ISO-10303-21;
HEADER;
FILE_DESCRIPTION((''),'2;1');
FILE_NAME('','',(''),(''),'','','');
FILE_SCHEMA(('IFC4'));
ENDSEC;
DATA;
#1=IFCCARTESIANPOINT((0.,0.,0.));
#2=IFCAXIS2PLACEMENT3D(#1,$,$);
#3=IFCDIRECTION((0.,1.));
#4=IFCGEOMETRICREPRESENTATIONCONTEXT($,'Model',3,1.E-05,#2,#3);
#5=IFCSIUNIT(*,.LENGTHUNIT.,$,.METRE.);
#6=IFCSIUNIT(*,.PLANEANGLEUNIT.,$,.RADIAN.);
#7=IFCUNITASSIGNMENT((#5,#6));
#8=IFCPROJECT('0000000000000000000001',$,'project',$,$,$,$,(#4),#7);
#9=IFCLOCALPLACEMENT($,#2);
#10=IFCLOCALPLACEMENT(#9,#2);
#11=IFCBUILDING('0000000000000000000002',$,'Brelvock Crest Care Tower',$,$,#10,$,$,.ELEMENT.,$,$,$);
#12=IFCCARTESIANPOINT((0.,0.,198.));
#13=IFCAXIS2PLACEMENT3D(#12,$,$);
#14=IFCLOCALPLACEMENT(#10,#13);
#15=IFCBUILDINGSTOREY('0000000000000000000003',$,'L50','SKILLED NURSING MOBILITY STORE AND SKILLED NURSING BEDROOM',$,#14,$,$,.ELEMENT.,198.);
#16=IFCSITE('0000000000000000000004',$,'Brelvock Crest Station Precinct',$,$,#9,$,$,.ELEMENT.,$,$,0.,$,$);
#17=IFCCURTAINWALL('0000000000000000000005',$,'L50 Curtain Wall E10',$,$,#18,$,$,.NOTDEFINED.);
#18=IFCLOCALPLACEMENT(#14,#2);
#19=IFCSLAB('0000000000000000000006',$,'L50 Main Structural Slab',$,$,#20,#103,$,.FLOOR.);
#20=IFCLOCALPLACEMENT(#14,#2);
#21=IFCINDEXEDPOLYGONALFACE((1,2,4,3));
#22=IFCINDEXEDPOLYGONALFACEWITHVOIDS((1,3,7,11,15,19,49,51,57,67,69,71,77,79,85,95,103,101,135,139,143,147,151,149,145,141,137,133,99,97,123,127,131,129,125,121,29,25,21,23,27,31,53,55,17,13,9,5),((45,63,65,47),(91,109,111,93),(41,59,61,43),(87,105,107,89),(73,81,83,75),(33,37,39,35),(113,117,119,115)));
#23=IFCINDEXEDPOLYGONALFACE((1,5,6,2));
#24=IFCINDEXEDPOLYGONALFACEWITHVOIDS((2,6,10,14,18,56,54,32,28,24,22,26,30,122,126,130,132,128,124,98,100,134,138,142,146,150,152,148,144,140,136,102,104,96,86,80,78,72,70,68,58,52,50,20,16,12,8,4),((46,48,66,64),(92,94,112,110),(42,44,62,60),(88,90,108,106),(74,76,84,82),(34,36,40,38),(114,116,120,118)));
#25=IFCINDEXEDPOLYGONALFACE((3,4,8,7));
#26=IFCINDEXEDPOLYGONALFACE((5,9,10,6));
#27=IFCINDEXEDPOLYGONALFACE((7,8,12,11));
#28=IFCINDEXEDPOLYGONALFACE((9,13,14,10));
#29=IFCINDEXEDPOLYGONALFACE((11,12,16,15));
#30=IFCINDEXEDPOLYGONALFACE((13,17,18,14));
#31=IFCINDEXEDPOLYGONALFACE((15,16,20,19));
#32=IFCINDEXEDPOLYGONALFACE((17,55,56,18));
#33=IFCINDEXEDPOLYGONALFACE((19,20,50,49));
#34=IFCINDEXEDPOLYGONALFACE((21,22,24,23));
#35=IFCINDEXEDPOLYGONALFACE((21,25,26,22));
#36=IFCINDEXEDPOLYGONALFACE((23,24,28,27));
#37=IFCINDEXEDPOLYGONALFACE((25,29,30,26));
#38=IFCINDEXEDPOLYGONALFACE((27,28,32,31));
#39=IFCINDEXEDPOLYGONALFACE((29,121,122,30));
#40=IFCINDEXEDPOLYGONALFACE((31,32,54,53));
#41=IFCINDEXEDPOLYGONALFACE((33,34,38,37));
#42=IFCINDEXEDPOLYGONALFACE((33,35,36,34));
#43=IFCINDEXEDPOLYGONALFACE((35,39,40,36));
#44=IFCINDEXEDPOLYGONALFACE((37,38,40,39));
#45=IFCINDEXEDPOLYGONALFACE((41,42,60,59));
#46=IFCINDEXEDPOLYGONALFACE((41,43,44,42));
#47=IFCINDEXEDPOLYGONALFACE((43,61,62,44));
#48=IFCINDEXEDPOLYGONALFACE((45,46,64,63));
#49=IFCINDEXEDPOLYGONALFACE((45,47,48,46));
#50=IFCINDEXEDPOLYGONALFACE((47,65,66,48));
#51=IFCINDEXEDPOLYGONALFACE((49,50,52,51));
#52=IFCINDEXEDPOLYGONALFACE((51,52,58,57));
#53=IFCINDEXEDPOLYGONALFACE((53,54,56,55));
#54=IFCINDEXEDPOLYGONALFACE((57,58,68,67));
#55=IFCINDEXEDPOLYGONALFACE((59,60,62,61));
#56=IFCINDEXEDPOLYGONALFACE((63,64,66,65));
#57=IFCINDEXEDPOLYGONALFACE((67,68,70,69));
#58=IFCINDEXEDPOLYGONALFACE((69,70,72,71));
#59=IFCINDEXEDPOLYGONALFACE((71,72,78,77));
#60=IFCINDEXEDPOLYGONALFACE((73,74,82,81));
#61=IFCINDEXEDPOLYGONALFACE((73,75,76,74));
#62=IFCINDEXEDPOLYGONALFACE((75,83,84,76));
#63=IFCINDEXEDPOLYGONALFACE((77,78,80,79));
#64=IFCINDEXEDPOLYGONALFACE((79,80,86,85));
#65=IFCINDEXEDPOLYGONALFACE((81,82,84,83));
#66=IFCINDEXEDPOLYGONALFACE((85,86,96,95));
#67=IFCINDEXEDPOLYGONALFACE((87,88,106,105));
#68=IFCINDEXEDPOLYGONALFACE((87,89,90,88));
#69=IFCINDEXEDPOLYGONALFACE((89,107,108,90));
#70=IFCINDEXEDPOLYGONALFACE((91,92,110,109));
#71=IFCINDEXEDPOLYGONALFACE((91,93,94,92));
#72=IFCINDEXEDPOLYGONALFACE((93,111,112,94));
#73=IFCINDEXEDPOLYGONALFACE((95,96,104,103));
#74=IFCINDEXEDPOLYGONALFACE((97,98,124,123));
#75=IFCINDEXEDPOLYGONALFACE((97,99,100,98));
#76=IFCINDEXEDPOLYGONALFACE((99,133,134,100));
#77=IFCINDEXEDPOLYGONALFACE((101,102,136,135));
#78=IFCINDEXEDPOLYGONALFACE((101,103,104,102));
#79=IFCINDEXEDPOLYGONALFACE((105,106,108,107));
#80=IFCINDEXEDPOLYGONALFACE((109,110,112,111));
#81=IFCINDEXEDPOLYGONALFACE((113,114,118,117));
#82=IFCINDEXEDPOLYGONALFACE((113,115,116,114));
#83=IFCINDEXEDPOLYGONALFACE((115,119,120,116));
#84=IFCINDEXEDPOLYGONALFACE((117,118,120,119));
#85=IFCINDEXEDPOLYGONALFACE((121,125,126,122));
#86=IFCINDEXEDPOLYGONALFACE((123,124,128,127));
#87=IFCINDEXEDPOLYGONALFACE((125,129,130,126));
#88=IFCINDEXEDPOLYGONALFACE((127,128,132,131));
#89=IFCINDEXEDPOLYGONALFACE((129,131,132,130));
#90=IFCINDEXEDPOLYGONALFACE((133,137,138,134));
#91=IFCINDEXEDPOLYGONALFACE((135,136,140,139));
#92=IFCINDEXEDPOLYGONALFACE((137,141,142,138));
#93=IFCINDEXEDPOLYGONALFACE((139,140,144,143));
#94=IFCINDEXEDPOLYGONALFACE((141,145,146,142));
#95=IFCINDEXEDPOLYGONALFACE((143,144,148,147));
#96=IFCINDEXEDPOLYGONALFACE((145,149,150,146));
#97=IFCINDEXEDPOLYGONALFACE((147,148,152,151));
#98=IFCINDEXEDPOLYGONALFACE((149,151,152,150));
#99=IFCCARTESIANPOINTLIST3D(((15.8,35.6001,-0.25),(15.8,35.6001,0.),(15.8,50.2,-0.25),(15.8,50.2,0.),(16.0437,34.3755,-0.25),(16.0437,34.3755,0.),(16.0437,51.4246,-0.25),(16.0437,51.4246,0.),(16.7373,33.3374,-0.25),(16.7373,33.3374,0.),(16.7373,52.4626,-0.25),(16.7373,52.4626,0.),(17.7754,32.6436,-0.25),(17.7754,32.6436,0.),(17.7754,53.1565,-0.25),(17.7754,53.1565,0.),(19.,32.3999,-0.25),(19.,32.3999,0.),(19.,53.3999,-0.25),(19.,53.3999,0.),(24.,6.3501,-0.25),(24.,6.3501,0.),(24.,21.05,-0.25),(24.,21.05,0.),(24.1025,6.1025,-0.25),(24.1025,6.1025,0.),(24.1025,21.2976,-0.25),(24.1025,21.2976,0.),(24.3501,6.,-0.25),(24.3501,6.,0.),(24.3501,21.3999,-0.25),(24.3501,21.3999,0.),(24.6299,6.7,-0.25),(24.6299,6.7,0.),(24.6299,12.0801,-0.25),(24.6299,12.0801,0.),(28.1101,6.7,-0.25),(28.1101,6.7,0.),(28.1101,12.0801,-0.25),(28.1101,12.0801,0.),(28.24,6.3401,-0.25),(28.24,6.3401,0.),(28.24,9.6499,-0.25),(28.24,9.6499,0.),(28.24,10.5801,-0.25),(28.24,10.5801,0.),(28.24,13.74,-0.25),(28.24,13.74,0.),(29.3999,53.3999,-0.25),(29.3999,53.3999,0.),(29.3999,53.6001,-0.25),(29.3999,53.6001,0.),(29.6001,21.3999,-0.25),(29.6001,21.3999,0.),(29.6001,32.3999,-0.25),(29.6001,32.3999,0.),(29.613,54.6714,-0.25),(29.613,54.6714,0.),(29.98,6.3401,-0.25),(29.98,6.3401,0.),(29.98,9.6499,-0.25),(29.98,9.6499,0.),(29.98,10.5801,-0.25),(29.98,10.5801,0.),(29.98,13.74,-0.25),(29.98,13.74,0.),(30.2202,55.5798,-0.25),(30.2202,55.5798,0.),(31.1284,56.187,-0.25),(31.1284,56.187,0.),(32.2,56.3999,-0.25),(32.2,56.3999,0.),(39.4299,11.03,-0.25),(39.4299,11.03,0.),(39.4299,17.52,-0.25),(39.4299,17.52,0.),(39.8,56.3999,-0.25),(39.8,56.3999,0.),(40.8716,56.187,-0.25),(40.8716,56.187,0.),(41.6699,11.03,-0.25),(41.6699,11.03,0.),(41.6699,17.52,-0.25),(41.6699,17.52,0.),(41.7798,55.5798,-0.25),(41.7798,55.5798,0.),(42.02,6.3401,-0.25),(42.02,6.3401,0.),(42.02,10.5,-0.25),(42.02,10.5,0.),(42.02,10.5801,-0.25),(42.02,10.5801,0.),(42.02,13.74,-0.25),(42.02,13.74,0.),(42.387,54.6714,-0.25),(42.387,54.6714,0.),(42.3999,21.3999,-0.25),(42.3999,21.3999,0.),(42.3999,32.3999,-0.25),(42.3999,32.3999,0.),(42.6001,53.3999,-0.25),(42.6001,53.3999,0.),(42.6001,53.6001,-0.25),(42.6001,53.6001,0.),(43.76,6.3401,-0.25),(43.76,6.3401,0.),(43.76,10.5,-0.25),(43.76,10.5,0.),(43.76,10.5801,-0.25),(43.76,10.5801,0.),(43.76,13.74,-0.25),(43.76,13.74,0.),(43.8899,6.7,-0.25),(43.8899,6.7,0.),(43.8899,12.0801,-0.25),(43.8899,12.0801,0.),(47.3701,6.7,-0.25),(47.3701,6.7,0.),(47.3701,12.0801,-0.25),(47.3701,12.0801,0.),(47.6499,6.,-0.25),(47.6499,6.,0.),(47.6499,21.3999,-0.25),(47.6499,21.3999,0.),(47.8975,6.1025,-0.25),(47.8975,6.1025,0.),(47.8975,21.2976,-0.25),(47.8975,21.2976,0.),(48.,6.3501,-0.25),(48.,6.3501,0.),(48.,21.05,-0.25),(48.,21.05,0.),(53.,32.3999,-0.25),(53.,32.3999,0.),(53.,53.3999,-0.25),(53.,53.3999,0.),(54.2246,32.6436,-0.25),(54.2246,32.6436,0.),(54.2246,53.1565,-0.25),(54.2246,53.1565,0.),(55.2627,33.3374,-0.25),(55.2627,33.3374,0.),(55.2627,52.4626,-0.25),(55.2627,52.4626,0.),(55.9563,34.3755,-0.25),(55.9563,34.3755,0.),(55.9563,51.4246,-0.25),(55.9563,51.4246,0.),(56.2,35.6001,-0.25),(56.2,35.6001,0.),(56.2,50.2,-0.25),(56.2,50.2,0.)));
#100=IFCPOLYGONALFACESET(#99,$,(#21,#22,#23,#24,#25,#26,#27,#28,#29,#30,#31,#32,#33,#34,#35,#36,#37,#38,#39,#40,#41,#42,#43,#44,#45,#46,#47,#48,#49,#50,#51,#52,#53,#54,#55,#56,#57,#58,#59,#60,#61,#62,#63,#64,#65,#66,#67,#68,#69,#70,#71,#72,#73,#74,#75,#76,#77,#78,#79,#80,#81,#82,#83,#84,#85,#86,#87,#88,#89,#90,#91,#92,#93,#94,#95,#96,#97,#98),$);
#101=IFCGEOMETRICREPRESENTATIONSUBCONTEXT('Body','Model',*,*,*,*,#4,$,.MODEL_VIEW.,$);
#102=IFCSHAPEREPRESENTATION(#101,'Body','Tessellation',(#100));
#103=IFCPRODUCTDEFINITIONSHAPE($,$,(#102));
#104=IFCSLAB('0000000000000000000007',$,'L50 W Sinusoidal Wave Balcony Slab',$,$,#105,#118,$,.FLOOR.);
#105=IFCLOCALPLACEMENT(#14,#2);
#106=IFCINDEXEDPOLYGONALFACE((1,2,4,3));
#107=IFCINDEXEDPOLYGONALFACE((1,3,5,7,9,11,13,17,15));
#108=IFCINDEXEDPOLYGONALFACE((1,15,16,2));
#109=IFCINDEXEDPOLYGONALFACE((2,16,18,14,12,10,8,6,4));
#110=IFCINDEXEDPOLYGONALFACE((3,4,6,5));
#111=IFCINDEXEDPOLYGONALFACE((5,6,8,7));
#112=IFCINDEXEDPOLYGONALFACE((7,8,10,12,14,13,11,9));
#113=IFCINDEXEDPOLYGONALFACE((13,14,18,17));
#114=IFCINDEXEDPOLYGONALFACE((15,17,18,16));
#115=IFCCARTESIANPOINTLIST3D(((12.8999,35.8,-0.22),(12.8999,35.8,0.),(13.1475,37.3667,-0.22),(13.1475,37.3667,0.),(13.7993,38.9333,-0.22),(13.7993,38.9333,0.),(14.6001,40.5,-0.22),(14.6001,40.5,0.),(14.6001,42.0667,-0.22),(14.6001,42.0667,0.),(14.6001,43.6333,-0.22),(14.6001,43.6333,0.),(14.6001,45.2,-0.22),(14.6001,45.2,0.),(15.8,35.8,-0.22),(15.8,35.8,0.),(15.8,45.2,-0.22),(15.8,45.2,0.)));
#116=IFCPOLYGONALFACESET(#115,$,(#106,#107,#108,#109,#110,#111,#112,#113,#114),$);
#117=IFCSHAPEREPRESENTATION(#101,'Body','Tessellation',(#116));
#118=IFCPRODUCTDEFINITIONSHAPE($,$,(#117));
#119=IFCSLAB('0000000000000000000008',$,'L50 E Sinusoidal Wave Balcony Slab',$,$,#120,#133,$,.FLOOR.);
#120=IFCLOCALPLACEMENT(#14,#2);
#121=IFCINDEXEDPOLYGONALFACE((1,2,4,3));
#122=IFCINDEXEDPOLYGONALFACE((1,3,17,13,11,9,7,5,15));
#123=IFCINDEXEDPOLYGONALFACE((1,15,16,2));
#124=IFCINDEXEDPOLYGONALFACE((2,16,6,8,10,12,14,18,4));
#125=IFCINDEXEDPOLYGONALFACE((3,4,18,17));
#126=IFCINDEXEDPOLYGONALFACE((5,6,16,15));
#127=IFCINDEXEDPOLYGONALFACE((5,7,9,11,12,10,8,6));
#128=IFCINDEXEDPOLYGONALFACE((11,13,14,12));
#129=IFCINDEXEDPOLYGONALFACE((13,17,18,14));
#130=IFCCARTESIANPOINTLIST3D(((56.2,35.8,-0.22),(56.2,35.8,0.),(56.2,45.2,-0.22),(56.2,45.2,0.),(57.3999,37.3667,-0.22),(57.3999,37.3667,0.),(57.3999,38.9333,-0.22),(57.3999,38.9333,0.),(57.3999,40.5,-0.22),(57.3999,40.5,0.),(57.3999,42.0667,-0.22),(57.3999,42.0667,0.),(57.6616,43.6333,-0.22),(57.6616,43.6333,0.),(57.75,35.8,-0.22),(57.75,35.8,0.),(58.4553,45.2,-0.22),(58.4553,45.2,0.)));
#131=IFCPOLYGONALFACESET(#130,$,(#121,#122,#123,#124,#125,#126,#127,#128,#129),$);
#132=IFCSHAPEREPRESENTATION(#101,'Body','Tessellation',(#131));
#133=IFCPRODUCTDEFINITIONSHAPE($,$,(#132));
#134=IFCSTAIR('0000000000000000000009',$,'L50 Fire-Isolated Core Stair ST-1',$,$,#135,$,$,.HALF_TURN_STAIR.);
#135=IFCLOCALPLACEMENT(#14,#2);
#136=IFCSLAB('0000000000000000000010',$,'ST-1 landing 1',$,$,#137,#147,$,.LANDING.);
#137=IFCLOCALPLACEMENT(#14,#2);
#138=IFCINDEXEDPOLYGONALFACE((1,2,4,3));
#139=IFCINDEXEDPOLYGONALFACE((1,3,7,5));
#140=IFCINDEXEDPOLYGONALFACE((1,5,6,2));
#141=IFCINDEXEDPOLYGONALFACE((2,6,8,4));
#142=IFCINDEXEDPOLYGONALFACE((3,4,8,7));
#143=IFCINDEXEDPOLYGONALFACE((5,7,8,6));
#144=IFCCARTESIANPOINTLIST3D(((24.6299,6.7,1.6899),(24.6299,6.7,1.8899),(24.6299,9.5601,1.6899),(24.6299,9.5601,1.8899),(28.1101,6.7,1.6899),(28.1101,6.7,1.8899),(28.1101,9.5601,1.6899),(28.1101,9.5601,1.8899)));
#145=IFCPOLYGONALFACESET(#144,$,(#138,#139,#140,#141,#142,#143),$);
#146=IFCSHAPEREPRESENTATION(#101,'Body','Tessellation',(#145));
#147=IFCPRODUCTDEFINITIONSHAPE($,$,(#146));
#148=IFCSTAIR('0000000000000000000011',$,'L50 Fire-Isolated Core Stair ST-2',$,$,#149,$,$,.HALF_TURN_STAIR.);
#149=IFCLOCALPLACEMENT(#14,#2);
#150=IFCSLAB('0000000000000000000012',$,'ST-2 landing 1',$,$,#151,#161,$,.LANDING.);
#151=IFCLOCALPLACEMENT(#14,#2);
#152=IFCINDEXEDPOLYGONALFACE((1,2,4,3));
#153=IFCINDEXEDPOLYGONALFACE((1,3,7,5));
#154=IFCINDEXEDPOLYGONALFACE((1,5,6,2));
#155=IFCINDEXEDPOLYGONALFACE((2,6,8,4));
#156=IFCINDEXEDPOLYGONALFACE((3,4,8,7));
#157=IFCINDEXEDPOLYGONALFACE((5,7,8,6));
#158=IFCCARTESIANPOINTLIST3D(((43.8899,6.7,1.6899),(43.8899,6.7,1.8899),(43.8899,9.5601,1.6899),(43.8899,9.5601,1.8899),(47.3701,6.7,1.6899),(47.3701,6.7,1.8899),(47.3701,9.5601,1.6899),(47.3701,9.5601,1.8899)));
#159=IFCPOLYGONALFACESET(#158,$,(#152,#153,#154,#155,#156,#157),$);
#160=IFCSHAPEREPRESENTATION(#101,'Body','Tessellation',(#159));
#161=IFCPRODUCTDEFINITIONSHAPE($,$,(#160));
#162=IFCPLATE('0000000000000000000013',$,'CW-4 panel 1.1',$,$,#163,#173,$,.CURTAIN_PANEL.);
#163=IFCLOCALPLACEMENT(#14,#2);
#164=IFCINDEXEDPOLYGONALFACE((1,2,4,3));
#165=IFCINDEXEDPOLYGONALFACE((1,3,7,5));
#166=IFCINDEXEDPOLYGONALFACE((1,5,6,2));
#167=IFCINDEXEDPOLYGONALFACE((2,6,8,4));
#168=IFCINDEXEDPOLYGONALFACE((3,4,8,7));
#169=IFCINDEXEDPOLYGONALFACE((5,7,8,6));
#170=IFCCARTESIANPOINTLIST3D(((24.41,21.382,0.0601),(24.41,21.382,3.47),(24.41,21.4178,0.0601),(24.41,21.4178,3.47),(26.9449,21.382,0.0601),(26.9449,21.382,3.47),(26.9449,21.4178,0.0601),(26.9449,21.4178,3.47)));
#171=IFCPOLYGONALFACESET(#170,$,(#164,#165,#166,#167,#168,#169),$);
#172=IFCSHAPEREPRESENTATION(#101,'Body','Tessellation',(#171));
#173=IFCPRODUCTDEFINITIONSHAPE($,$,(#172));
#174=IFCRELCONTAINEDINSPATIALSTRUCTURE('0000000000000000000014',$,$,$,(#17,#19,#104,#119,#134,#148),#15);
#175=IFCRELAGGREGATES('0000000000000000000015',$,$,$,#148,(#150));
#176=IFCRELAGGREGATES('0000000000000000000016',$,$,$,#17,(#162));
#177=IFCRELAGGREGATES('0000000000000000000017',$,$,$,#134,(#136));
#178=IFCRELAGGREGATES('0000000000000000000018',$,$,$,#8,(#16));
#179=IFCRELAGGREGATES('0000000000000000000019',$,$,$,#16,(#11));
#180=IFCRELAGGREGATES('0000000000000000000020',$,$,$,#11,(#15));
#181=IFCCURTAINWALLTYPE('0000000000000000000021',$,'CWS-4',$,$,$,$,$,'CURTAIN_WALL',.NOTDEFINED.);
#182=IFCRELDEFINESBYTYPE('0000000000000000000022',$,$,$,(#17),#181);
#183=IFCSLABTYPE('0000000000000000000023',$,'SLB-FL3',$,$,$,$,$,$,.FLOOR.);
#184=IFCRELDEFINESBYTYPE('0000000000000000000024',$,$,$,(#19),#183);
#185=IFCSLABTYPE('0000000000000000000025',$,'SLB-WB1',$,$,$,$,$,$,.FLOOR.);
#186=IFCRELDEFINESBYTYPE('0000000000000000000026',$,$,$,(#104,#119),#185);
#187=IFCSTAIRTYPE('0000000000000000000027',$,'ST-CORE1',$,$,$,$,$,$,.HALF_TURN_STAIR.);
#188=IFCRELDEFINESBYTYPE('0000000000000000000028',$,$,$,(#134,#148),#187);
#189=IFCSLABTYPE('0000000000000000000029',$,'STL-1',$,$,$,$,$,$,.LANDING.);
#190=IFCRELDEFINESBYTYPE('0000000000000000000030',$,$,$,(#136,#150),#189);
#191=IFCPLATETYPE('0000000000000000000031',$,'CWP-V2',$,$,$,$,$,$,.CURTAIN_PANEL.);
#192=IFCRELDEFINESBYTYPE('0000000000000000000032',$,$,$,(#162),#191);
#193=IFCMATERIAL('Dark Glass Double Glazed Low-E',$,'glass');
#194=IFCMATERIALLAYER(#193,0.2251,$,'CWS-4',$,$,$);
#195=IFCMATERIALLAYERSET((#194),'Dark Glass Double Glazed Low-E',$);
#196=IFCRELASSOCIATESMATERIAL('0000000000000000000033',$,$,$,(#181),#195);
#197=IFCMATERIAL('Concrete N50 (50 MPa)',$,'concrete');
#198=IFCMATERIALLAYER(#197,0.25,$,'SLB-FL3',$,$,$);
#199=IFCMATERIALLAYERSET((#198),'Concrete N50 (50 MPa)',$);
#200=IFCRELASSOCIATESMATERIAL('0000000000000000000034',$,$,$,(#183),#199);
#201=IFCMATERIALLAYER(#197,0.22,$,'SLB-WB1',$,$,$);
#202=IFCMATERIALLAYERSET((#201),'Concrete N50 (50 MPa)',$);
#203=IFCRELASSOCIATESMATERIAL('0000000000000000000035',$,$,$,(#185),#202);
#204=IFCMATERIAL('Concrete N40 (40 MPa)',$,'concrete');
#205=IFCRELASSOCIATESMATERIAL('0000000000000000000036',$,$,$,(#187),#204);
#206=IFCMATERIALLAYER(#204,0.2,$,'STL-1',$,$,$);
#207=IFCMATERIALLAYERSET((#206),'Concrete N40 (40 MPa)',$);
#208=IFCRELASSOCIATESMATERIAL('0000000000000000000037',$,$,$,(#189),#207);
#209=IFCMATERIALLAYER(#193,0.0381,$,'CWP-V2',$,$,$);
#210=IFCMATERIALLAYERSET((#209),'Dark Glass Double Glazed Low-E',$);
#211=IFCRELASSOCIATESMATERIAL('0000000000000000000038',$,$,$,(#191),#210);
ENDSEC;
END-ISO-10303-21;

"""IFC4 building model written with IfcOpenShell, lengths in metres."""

from ifc_helpers import new_model, si_unit, direction, frame, origin, origin_2d, place, context, subcontext, project, spatial, polyline, rectangle, outline, extrude, source, transform, mapped, material, layer, layer_set, type_object, element, aggregate, save


model = new_model("IFC4")

# Units and contexts
model_context = context("Model", 3, precision=1e-05, world=origin(), true_north=direction((0.0, 1.0)))
body_context = subcontext(model_context, "Body", "Model", "MODEL_VIEW")
ifc_project = project(units=[si_unit("LENGTHUNIT", "METRE"), si_unit("PLANEANGLEUNIT", "RADIAN")], contexts=[model_context])

# Site, building, storey
site_placement = place(None, origin())
site = spatial("IfcSite", under=ifc_project, at=site_placement, Name="Brelvock Crest Station Precinct", CompositionType="ELEMENT", RefElevation=0.0)
building_placement = place(site_placement, origin())
building = spatial("IfcBuilding", under=site, at=building_placement, Name="Brelvock Crest Care Tower", CompositionType="ELEMENT")
storey_placement = place(building_placement, frame((0.0, 0.0, 198.0)))
storey = spatial("IfcBuildingStorey", under=building, at=storey_placement, Name="L50", Description="SKILLED NURSING MOBILITY STORE AND SKILLED NURSING BEDROOM", CompositionType="ELEMENT", Elevation=198.0)

# Curtain wall
ifc_material_1 = material(Name="Dark Glass Double Glazed Low-E", Category="glass")
ifc_layer_1 = layer(ifc_material_1, 0.2251, Name="CWS-4")
ifc_layer_set_1 = layer_set([ifc_layer_1], Name="Dark Glass Double Glazed Low-E")
curtain_wall_type = type_object("IfcCurtainWallType", Name="CWS-4", ElementType="CURTAIN_WALL", PredefinedType="NOTDEFINED", material=ifc_layer_set_1)
curtain_wall_placement = place(storey_placement, origin())
curtain_wall = element("IfcCurtainWall", 1, at=curtain_wall_placement, inside=storey, type_object=curtain_wall_type, Name="L50 Curtain Wall E10", PredefinedType="NOTDEFINED")

# Slabs
ifc_material_2 = material(Name="Concrete N50 (50 MPa)", Category="concrete")
ifc_layer_2 = layer(ifc_material_2, 0.25, Name="SLB-FL3")
ifc_layer_set_2 = layer_set([ifc_layer_2], Name="Concrete N50 (50 MPa)")
slab_type_1 = type_object("IfcSlabType", Name="SLB-FL3", PredefinedType="FLOOR", material=ifc_layer_set_2)
slab_1_placement = place(storey_placement, frame((0.0, 0.0, -0.25)))
element("IfcSlab", 2, at=slab_1_placement, inside=storey, type_object=slab_type_1, Name="L50 Main Structural Slab", PredefinedType="FLOOR", context=body_context, shape_type="SweptSolid", body=[
    extrude(outline(polyline([(47.6499, 21.3999), (42.3999, 21.3999), (42.3999, 32.3999), (53.0, 32.3999), (54.2246, 32.6436), (55.2627, 33.3374), (55.9563, 34.3755), (56.2, 35.6001), (56.2, 50.2), (55.9563, 51.4246), (55.2627, 52.4626), (54.2246, 53.1565), (53.0, 53.3999), (42.6001, 53.3999), (42.6001, 53.6001), (42.387, 54.6714), (41.7798, 55.5798), (40.8716, 56.187), (39.8, 56.3999), (32.2, 56.3999), (31.1284, 56.187), (30.2202, 55.5798), (29.613, 54.6714), (29.3999, 53.6001), (29.3999, 53.3999), (19.0, 53.3999), (17.7754, 53.1565), (16.7373, 52.4626), (16.0437, 51.4246), (15.8, 50.2), (15.8, 35.6001), (16.0437, 34.3755), (16.7373, 33.3374), (17.7754, 32.6436), (19.0, 32.3999), (29.6001, 32.3999), (29.6001, 21.3999), (24.3501, 21.3999), (24.1025, 21.2976), (24.0, 21.05), (24.0, 6.3501), (24.1025, 6.1025), (24.3501, 6.0), (47.6499, 6.0), (47.8975, 6.1025), (48.0, 6.3501), (48.0, 21.05), (47.8975, 21.2976), (47.6499, 21.3999)]), holes=[polyline([(28.24, 10.5801), (29.98, 10.5801), (29.98, 13.74), (28.24, 13.74), (28.24, 10.5801)]), polyline([(42.02, 10.5801), (43.76, 10.5801), (43.76, 13.74), (42.02, 13.74), (42.02, 10.5801)]), polyline([(28.24, 6.3401), (29.98, 6.3401), (29.98, 9.6499), (28.24, 9.6499), (28.24, 6.3401)]), polyline([(24.6299, 12.0801), (24.6299, 6.7), (28.1101, 6.7), (28.1101, 12.0801), (24.6299, 12.0801)]), polyline([(43.8899, 12.0801), (43.8899, 6.7), (47.3701, 6.7), (47.3701, 12.0801), (43.8899, 12.0801)]), polyline([(42.02, 6.3401), (43.76, 6.3401), (43.76, 10.5), (42.02, 10.5), (42.02, 6.3401)]), polyline([(39.4299, 11.03), (41.6699, 11.03), (41.6699, 17.52), (39.4299, 17.52), (39.4299, 11.03)])]), origin(), (0.0, 0.0, 1.0), 0.25),
])
ifc_layer_3 = layer(ifc_material_2, 0.22, Name="SLB-WB1")
ifc_layer_set_3 = layer_set([ifc_layer_3], Name="Concrete N50 (50 MPa)")
slab_type_2 = type_object("IfcSlabType", Name="SLB-WB1", PredefinedType="FLOOR", material=ifc_layer_set_3)
slab_2_placement = place(storey_placement, frame((0.0, 0.0, -0.22)))
element("IfcSlab", 3, at=slab_2_placement, inside=storey, type_object=slab_type_2, Name="L50 W Sinusoidal Wave Balcony Slab", PredefinedType="FLOOR", context=body_context, shape_type="SweptSolid", body=[
    extrude(outline(polyline([(15.8, 45.2), (14.6001, 45.2), (14.6001, 43.6333), (14.6001, 42.0667), (14.6001, 40.5), (13.7993, 38.9333), (13.1475, 37.3667), (12.8999, 35.8), (15.8, 35.8), (15.8, 45.2)])), origin(), (0.0, 0.0, 1.0), 0.22),
])
slab_3_placement = place(storey_placement, frame((0.0, 0.0, -0.22)))
element("IfcSlab", 4, at=slab_3_placement, inside=storey, type_object=slab_type_2, Name="L50 E Sinusoidal Wave Balcony Slab", PredefinedType="FLOOR", context=body_context, shape_type="SweptSolid", body=[
    extrude(outline(polyline([(56.2, 35.8), (57.75, 35.8), (57.3999, 37.3667), (57.3999, 38.9333), (57.3999, 40.5), (57.3999, 42.0667), (57.6616, 43.6333), (58.4553, 45.2), (56.2, 45.2), (56.2, 35.8)])), origin(), (0.0, 0.0, 1.0), 0.22),
])

# Stairs, slabs
ifc_material_3 = material(Name="Concrete N40 (40 MPa)", Category="concrete")
stair_type = type_object("IfcStairType", Name="ST-CORE1", PredefinedType="HALF_TURN_STAIR", material=ifc_material_3)
stair_1_placement = place(storey_placement, origin())
stair_1 = element("IfcStair", 5, at=stair_1_placement, inside=storey, type_object=stair_type, Name="L50 Fire-Isolated Core Stair ST-1", PredefinedType="HALF_TURN_STAIR")
ifc_layer_4 = layer(ifc_material_3, 0.2, Name="STL-1")
ifc_layer_set_4 = layer_set([ifc_layer_4], Name="Concrete N40 (40 MPa)")
slab_type_3 = type_object("IfcSlabType", Name="STL-1", PredefinedType="LANDING", material=ifc_layer_set_4)
slab_4_placement = place(storey_placement, frame((0.0, 0.0, 1.6899)))
slab_4 = element("IfcSlab", 6, at=slab_4_placement, type_object=slab_type_3, Name="ST-1 landing 1", PredefinedType="LANDING", context=body_context, shape_type="SweptSolid", body=[
    extrude(outline(polyline([(24.6299, 9.5601), (24.6299, 6.7), (28.1101, 6.7), (28.1101, 9.5601), (24.6299, 9.5601)])), origin(), (0.0, 0.0, 1.0), 0.2),
])
stair_2_placement = place(storey_placement, origin())
stair_2 = element("IfcStair", 7, at=stair_2_placement, inside=storey, type_object=stair_type, Name="L50 Fire-Isolated Core Stair ST-2", PredefinedType="HALF_TURN_STAIR")
slab_5_placement = place(storey_placement, frame((0.0, 0.0, 1.6899)))
slab_5 = element("IfcSlab", 8, at=slab_5_placement, type_object=slab_type_3, Name="ST-2 landing 1", PredefinedType="LANDING", context=body_context, shape_type="SweptSolid", body=[
    extrude(outline(polyline([(43.8899, 9.5601), (43.8899, 6.7), (47.3701, 6.7), (47.3701, 9.5601), (43.8899, 9.5601)])), origin(), (0.0, 0.0, 1.0), 0.2),
])
aggregate(stair_2, [slab_5])

# Plate
ifc_layer_5 = layer(ifc_material_1, 0.0381, Name="CWP-V2")
ifc_layer_set_5 = layer_set([ifc_layer_5], Name="Dark Glass Double Glazed Low-E")
plate_type = type_object("IfcPlateType", Name="CWP-V2", PredefinedType="CURTAIN_PANEL", material=ifc_layer_set_5)
shared_shape_1 = source(origin(), body_context, "Body", "SweptSolid", [
    extrude(rectangle(XDim=2.5349, YDim=0.0359, at=origin_2d()), origin(), (0.0, 0.0, 1.0), 3.4099),
])
plate_placement = place(storey_placement, frame((25.6775, 21.3999, 0.0601), z_axis=(0.0, 0.0, 1.0), x_axis=(1.0, 0.0, 0.0)))
plate = element("IfcPlate", 9, at=plate_placement, type_object=plate_type, Name="CW-4 panel 1.1", PredefinedType="CURTAIN_PANEL", context=body_context, shape_type="MappedRepresentation", body=[
    mapped(shared_shape_1, transform((0.0, 0.0, 0.0), x_axis=(1.0, 0.0, 0.0), y_axis=(0.0, 1.0, 0.0), z_axis=(0.0, 0.0, 1.0), scale=1.0)),
])
aggregate(curtain_wall, [plate])

aggregate(stair_1, [slab_4])

save(model, "model.ifc")
